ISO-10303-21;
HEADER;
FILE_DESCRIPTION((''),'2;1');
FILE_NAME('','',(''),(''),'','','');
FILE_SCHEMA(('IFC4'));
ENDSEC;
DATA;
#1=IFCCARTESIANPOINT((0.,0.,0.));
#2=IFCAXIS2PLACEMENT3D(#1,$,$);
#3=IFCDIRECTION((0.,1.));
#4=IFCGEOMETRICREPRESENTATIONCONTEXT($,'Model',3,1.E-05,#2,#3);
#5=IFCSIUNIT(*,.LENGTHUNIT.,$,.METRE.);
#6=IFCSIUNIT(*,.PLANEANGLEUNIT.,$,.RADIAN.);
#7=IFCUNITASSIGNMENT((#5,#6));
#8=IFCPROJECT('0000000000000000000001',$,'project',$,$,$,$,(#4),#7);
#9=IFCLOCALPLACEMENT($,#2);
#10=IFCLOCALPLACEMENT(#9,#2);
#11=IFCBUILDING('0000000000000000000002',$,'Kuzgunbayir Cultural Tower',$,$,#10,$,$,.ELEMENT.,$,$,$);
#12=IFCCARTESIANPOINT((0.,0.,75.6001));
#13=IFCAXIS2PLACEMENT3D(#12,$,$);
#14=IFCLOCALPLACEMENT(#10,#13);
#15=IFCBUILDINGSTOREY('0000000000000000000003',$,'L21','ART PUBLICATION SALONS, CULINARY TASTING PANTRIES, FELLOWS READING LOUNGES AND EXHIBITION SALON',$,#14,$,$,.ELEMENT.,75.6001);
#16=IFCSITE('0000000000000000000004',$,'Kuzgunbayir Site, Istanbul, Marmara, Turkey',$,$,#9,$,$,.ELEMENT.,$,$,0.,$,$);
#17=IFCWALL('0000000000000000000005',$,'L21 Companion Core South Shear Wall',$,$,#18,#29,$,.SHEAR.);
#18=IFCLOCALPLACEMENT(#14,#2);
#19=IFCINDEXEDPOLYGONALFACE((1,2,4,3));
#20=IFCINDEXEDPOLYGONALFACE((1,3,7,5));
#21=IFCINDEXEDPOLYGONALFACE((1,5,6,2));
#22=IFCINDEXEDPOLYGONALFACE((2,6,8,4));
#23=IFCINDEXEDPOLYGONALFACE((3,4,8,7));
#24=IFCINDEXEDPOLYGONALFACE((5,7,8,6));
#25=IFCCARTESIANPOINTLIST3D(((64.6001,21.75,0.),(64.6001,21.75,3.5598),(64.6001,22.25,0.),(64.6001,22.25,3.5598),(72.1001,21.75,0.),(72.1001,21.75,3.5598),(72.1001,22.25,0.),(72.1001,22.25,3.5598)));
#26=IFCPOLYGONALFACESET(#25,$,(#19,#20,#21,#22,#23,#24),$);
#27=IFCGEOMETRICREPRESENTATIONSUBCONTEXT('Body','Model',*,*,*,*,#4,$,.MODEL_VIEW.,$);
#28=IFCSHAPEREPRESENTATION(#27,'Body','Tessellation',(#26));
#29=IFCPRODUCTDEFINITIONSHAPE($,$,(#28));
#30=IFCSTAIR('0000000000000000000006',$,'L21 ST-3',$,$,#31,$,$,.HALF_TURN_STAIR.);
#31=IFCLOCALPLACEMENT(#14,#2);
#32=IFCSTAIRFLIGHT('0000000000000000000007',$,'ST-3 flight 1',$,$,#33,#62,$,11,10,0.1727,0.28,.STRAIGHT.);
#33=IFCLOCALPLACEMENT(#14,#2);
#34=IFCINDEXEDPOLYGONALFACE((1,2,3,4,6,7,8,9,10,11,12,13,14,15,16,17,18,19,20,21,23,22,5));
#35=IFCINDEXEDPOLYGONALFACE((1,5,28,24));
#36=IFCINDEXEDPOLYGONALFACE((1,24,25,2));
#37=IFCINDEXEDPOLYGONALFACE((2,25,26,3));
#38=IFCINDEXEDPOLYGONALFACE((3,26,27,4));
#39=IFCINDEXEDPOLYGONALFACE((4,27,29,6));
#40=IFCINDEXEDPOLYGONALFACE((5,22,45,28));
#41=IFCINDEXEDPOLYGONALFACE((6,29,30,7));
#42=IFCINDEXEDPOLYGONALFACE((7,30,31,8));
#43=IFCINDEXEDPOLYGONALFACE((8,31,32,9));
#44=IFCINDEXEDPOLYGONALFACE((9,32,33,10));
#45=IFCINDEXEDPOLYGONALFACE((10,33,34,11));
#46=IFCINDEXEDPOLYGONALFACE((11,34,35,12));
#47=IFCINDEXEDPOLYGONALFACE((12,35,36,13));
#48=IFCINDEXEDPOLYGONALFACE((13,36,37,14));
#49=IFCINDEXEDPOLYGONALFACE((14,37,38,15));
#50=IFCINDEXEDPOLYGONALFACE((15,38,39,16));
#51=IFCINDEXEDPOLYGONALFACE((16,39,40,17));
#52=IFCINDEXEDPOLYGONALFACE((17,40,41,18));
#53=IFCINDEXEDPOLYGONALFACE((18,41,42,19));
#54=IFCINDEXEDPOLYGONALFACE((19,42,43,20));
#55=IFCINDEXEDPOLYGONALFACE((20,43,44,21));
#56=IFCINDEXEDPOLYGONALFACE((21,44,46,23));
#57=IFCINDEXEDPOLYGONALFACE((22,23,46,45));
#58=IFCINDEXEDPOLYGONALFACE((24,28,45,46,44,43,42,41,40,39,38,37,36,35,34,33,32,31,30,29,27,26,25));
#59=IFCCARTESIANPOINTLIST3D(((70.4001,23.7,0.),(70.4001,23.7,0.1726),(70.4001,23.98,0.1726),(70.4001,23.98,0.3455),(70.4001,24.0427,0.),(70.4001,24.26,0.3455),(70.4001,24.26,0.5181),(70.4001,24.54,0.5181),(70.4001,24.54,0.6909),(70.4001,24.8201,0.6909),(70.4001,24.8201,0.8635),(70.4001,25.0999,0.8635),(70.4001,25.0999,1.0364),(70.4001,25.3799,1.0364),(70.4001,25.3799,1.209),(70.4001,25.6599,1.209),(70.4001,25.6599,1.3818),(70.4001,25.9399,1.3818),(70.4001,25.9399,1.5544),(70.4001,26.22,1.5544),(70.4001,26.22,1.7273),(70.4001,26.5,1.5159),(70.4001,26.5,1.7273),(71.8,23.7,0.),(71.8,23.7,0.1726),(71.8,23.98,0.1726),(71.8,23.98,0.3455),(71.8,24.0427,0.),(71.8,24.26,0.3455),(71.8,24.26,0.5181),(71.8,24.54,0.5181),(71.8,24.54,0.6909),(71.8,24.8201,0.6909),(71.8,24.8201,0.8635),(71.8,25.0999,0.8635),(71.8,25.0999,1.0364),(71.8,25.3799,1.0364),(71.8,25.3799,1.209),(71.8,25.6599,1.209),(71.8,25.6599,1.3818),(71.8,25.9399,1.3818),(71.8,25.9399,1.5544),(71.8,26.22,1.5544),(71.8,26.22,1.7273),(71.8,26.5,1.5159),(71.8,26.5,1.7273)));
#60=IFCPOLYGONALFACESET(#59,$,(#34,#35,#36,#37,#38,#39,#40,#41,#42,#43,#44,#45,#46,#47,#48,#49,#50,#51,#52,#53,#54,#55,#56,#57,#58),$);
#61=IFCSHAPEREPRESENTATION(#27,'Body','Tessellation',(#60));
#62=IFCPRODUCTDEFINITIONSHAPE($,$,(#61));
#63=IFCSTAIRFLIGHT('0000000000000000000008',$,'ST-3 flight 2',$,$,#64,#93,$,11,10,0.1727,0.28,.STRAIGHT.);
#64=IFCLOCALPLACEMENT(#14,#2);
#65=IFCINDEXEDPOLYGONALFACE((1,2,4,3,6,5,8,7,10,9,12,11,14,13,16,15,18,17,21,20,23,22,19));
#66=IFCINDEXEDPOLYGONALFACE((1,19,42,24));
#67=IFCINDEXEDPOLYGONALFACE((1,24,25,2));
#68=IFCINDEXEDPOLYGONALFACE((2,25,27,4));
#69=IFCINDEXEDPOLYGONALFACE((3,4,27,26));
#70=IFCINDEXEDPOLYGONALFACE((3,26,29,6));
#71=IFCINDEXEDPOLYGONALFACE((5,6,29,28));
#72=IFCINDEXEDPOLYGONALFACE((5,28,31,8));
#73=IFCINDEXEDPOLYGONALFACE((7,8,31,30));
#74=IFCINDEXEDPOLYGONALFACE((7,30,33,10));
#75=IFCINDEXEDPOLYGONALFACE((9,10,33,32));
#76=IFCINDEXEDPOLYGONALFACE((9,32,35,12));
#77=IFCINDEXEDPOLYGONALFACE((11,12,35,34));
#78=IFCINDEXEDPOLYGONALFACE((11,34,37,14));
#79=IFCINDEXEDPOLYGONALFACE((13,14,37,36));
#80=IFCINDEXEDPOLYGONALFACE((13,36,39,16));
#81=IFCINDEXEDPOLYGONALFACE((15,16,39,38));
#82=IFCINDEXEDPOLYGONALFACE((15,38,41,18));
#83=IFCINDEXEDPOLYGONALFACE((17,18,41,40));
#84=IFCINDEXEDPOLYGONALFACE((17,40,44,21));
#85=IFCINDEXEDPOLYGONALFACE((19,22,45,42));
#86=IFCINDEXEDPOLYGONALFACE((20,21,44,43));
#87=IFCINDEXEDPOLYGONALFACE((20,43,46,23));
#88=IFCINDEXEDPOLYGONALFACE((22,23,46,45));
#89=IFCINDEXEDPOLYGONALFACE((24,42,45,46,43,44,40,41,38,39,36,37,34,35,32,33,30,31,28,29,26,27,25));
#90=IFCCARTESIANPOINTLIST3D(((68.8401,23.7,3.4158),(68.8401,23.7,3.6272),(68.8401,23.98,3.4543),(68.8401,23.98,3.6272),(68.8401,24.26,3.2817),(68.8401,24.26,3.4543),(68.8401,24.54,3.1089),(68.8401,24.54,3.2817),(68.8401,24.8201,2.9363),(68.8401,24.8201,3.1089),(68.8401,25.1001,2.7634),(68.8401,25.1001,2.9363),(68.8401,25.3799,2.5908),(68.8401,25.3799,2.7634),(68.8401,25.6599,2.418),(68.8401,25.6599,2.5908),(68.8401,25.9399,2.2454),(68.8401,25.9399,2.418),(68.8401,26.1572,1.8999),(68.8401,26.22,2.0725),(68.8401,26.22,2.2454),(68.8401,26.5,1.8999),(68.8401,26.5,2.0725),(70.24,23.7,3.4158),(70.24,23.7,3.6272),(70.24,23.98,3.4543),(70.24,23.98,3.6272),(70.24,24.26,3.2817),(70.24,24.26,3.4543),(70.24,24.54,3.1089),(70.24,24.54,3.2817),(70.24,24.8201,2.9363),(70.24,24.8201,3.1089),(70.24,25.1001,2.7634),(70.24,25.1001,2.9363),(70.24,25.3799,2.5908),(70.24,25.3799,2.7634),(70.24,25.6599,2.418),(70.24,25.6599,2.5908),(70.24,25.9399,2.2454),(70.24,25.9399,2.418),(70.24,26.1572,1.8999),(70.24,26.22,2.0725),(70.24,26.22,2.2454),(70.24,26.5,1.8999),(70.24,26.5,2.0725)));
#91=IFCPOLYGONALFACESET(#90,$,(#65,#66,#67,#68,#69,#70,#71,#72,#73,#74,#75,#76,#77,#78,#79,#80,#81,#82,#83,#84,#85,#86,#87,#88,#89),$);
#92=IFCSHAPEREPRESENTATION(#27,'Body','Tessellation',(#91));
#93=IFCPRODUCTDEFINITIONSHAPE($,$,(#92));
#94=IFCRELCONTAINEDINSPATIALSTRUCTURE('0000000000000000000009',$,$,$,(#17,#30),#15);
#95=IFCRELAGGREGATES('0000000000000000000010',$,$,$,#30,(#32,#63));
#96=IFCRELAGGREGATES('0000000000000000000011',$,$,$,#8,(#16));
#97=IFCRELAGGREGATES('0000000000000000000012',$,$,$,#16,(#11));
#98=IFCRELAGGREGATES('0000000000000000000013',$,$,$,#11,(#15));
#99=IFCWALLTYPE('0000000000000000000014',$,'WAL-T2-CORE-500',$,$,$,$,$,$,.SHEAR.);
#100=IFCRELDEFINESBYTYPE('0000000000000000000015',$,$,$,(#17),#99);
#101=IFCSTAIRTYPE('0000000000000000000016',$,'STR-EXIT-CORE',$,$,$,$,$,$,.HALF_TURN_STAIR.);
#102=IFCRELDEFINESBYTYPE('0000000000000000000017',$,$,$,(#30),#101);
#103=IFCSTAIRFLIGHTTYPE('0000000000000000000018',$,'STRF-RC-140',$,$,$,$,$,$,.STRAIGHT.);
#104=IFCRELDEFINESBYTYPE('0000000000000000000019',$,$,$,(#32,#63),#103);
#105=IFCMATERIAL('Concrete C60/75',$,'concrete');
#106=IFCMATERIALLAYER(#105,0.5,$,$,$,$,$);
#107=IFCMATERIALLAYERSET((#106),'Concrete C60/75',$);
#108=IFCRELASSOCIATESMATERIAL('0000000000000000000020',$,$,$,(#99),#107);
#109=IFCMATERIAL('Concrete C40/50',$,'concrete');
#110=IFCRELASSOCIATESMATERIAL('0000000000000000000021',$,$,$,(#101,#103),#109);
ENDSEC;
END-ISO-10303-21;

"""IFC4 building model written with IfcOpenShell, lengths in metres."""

from ifc_helpers import new_model, si_unit, direction, frame, frame_2d, origin, place, context, subcontext, project, spatial, polyline, rectangle, outline, extrude, material, layer, layer_set, type_object, element, aggregate, save


model = new_model("IFC4")

# Units and contexts
model_context = context("Model", 3, precision=1e-05, world=origin(), true_north=direction((0.0, 1.0)))
body_context = subcontext(model_context, "Body", "Model", "MODEL_VIEW")
ifc_project = project(units=[si_unit("LENGTHUNIT", "METRE"), si_unit("PLANEANGLEUNIT", "RADIAN")], contexts=[model_context])

# Site, building, storey
site_placement = place(None, origin())
site = spatial("IfcSite", under=ifc_project, at=site_placement, Name="Kuzgunbayir Site, Istanbul, Marmara, Turkey", CompositionType="ELEMENT", RefElevation=0.0)
building_placement = place(site_placement, origin())
building = spatial("IfcBuilding", under=site, at=building_placement, Name="Kuzgunbayir Cultural Tower", CompositionType="ELEMENT")
storey_placement = place(building_placement, frame((0.0, 0.0, 75.6001)))
storey = spatial("IfcBuildingStorey", under=building, at=storey_placement, Name="L21", Description="ART PUBLICATION SALONS, CULINARY TASTING PANTRIES, FELLOWS READING LOUNGES AND EXHIBITION SALON", CompositionType="ELEMENT", Elevation=75.6001)

# Shared definitions
ifc_material_1 = material(Name="Concrete C60/75", Category="concrete")

# Shared definitions
ifc_material_2 = material(Name="Concrete C40/50", Category="concrete")

# Wall
ifc_layer_1 = layer(ifc_material_1, 0.5)
ifc_layer_set_1 = layer_set([ifc_layer_1], Name="Concrete C60/75")
wall_type_1 = type_object("IfcWallType", Name="WAL-T2-CORE-500", PredefinedType="SHEAR", material=ifc_layer_set_1)
wall_1_placement = place(storey_placement, frame((64.6001, 22.0, 0.0), z_axis=(0.0, 0.0, 1.0), x_axis=(1.0, 0.0, 0.0)))
element("IfcWall", 1, at=wall_1_placement, inside=storey, type_object=wall_type_1, Name="L21 Companion Core South Shear Wall", PredefinedType="SHEAR", context=body_context, shape_type="SweptSolid", body=[
    extrude(rectangle(XDim=7.5, YDim=0.5, at=frame_2d((3.75, 0.0))), origin(), (0.0, 0.0, 1.0), 3.5598),
])

# Stair, stair flights
stair_type = type_object("IfcStairType", Name="STR-EXIT-CORE", PredefinedType="HALF_TURN_STAIR", material=ifc_material_2)
stair_placement = place(storey_placement, origin())
stair = element("IfcStair", 2, at=stair_placement, inside=storey, type_object=stair_type, Name="L21 ST-3", PredefinedType="HALF_TURN_STAIR")
stair_flight_type = type_object("IfcStairFlightType", Name="STRF-RC-140", PredefinedType="STRAIGHT", material=ifc_material_2)
stair_flight_1_placement = place(storey_placement, frame((71.1001, 23.7, 0.0), z_axis=(0.0, 0.0, 1.0), x_axis=(0.0, 1.0, 0.0)))
stair_flight_1 = element("IfcStairFlight", 3, at=stair_flight_1_placement, type_object=stair_flight_type, Name="ST-3 flight 1", NumberOfRisers=11, NumberOfTreads=10, PredefinedType="STRAIGHT", RiserHeight=0.1727, TreadLength=0.28, context=body_context, shape_type="SweptSolid", body=[
    extrude(outline(polyline([(0.0, 0.0), (0.0, 0.1726), (0.28, 0.1726), (0.28, 0.3455), (0.5601, 0.3455), (0.5601, 0.5181), (0.8401, 0.5181), (0.8401, 0.6909), (1.1201, 0.6909), (1.1201, 0.8635), (1.3999, 0.8635), (1.3999, 1.0364), (1.6799, 1.0364), (1.6799, 1.209), (1.96, 1.209), (1.96, 1.3818), (2.24, 1.3818), (2.24, 1.5544), (2.52, 1.5544), (2.52, 1.7273), (2.8, 1.7273), (2.8, 1.8999), (2.8, 1.5159), (0.3428, 0.0), (0.0, 0.0)])), frame((0.0, 0.7, 0.0), z_axis=(0.0, -1.0, 0.0), x_axis=(1.0, 0.0, 0.0)), (0.0, 0.0, 1.0), 1.3999),
])
stair_flight_2_placement = place(storey_placement, frame((69.54, 26.5, 1.8999), z_axis=(0.0, 0.0, 1.0), x_axis=(0.0, -1.0, 0.0)))
stair_flight_2 = element("IfcStairFlight", 4, at=stair_flight_2_placement, type_object=stair_flight_type, Name="ST-3 flight 2", NumberOfRisers=11, NumberOfTreads=10, PredefinedType="STRAIGHT", RiserHeight=0.1727, TreadLength=0.28, context=body_context, shape_type="SweptSolid", body=[
    extrude(outline(polyline([(0.0, 0.0), (0.0, 0.1726), (0.28, 0.1726), (0.28, 0.3455), (0.5601, 0.3455), (0.5601, 0.5181), (0.8401, 0.5181), (0.8401, 0.6909), (1.1201, 0.6909), (1.1201, 0.8635), (1.3999, 0.8635), (1.3999, 1.0364), (1.6799, 1.0364), (1.6799, 1.209), (1.96, 1.209), (1.96, 1.3818), (2.24, 1.3818), (2.24, 1.5544), (2.52, 1.5544), (2.52, 1.7273), (2.8, 1.7273), (2.8, 1.8999), (2.8, 1.5159), (0.3428, 0.0), (0.0, 0.0)])), frame((0.0, 0.7, 0.0), z_axis=(0.0, -1.0, 0.0), x_axis=(1.0, 0.0, 0.0)), (0.0, 0.0, 1.0), 1.3999),
])
aggregate(stair, [stair_flight_1, stair_flight_2])

save(model, "model.ifc")
